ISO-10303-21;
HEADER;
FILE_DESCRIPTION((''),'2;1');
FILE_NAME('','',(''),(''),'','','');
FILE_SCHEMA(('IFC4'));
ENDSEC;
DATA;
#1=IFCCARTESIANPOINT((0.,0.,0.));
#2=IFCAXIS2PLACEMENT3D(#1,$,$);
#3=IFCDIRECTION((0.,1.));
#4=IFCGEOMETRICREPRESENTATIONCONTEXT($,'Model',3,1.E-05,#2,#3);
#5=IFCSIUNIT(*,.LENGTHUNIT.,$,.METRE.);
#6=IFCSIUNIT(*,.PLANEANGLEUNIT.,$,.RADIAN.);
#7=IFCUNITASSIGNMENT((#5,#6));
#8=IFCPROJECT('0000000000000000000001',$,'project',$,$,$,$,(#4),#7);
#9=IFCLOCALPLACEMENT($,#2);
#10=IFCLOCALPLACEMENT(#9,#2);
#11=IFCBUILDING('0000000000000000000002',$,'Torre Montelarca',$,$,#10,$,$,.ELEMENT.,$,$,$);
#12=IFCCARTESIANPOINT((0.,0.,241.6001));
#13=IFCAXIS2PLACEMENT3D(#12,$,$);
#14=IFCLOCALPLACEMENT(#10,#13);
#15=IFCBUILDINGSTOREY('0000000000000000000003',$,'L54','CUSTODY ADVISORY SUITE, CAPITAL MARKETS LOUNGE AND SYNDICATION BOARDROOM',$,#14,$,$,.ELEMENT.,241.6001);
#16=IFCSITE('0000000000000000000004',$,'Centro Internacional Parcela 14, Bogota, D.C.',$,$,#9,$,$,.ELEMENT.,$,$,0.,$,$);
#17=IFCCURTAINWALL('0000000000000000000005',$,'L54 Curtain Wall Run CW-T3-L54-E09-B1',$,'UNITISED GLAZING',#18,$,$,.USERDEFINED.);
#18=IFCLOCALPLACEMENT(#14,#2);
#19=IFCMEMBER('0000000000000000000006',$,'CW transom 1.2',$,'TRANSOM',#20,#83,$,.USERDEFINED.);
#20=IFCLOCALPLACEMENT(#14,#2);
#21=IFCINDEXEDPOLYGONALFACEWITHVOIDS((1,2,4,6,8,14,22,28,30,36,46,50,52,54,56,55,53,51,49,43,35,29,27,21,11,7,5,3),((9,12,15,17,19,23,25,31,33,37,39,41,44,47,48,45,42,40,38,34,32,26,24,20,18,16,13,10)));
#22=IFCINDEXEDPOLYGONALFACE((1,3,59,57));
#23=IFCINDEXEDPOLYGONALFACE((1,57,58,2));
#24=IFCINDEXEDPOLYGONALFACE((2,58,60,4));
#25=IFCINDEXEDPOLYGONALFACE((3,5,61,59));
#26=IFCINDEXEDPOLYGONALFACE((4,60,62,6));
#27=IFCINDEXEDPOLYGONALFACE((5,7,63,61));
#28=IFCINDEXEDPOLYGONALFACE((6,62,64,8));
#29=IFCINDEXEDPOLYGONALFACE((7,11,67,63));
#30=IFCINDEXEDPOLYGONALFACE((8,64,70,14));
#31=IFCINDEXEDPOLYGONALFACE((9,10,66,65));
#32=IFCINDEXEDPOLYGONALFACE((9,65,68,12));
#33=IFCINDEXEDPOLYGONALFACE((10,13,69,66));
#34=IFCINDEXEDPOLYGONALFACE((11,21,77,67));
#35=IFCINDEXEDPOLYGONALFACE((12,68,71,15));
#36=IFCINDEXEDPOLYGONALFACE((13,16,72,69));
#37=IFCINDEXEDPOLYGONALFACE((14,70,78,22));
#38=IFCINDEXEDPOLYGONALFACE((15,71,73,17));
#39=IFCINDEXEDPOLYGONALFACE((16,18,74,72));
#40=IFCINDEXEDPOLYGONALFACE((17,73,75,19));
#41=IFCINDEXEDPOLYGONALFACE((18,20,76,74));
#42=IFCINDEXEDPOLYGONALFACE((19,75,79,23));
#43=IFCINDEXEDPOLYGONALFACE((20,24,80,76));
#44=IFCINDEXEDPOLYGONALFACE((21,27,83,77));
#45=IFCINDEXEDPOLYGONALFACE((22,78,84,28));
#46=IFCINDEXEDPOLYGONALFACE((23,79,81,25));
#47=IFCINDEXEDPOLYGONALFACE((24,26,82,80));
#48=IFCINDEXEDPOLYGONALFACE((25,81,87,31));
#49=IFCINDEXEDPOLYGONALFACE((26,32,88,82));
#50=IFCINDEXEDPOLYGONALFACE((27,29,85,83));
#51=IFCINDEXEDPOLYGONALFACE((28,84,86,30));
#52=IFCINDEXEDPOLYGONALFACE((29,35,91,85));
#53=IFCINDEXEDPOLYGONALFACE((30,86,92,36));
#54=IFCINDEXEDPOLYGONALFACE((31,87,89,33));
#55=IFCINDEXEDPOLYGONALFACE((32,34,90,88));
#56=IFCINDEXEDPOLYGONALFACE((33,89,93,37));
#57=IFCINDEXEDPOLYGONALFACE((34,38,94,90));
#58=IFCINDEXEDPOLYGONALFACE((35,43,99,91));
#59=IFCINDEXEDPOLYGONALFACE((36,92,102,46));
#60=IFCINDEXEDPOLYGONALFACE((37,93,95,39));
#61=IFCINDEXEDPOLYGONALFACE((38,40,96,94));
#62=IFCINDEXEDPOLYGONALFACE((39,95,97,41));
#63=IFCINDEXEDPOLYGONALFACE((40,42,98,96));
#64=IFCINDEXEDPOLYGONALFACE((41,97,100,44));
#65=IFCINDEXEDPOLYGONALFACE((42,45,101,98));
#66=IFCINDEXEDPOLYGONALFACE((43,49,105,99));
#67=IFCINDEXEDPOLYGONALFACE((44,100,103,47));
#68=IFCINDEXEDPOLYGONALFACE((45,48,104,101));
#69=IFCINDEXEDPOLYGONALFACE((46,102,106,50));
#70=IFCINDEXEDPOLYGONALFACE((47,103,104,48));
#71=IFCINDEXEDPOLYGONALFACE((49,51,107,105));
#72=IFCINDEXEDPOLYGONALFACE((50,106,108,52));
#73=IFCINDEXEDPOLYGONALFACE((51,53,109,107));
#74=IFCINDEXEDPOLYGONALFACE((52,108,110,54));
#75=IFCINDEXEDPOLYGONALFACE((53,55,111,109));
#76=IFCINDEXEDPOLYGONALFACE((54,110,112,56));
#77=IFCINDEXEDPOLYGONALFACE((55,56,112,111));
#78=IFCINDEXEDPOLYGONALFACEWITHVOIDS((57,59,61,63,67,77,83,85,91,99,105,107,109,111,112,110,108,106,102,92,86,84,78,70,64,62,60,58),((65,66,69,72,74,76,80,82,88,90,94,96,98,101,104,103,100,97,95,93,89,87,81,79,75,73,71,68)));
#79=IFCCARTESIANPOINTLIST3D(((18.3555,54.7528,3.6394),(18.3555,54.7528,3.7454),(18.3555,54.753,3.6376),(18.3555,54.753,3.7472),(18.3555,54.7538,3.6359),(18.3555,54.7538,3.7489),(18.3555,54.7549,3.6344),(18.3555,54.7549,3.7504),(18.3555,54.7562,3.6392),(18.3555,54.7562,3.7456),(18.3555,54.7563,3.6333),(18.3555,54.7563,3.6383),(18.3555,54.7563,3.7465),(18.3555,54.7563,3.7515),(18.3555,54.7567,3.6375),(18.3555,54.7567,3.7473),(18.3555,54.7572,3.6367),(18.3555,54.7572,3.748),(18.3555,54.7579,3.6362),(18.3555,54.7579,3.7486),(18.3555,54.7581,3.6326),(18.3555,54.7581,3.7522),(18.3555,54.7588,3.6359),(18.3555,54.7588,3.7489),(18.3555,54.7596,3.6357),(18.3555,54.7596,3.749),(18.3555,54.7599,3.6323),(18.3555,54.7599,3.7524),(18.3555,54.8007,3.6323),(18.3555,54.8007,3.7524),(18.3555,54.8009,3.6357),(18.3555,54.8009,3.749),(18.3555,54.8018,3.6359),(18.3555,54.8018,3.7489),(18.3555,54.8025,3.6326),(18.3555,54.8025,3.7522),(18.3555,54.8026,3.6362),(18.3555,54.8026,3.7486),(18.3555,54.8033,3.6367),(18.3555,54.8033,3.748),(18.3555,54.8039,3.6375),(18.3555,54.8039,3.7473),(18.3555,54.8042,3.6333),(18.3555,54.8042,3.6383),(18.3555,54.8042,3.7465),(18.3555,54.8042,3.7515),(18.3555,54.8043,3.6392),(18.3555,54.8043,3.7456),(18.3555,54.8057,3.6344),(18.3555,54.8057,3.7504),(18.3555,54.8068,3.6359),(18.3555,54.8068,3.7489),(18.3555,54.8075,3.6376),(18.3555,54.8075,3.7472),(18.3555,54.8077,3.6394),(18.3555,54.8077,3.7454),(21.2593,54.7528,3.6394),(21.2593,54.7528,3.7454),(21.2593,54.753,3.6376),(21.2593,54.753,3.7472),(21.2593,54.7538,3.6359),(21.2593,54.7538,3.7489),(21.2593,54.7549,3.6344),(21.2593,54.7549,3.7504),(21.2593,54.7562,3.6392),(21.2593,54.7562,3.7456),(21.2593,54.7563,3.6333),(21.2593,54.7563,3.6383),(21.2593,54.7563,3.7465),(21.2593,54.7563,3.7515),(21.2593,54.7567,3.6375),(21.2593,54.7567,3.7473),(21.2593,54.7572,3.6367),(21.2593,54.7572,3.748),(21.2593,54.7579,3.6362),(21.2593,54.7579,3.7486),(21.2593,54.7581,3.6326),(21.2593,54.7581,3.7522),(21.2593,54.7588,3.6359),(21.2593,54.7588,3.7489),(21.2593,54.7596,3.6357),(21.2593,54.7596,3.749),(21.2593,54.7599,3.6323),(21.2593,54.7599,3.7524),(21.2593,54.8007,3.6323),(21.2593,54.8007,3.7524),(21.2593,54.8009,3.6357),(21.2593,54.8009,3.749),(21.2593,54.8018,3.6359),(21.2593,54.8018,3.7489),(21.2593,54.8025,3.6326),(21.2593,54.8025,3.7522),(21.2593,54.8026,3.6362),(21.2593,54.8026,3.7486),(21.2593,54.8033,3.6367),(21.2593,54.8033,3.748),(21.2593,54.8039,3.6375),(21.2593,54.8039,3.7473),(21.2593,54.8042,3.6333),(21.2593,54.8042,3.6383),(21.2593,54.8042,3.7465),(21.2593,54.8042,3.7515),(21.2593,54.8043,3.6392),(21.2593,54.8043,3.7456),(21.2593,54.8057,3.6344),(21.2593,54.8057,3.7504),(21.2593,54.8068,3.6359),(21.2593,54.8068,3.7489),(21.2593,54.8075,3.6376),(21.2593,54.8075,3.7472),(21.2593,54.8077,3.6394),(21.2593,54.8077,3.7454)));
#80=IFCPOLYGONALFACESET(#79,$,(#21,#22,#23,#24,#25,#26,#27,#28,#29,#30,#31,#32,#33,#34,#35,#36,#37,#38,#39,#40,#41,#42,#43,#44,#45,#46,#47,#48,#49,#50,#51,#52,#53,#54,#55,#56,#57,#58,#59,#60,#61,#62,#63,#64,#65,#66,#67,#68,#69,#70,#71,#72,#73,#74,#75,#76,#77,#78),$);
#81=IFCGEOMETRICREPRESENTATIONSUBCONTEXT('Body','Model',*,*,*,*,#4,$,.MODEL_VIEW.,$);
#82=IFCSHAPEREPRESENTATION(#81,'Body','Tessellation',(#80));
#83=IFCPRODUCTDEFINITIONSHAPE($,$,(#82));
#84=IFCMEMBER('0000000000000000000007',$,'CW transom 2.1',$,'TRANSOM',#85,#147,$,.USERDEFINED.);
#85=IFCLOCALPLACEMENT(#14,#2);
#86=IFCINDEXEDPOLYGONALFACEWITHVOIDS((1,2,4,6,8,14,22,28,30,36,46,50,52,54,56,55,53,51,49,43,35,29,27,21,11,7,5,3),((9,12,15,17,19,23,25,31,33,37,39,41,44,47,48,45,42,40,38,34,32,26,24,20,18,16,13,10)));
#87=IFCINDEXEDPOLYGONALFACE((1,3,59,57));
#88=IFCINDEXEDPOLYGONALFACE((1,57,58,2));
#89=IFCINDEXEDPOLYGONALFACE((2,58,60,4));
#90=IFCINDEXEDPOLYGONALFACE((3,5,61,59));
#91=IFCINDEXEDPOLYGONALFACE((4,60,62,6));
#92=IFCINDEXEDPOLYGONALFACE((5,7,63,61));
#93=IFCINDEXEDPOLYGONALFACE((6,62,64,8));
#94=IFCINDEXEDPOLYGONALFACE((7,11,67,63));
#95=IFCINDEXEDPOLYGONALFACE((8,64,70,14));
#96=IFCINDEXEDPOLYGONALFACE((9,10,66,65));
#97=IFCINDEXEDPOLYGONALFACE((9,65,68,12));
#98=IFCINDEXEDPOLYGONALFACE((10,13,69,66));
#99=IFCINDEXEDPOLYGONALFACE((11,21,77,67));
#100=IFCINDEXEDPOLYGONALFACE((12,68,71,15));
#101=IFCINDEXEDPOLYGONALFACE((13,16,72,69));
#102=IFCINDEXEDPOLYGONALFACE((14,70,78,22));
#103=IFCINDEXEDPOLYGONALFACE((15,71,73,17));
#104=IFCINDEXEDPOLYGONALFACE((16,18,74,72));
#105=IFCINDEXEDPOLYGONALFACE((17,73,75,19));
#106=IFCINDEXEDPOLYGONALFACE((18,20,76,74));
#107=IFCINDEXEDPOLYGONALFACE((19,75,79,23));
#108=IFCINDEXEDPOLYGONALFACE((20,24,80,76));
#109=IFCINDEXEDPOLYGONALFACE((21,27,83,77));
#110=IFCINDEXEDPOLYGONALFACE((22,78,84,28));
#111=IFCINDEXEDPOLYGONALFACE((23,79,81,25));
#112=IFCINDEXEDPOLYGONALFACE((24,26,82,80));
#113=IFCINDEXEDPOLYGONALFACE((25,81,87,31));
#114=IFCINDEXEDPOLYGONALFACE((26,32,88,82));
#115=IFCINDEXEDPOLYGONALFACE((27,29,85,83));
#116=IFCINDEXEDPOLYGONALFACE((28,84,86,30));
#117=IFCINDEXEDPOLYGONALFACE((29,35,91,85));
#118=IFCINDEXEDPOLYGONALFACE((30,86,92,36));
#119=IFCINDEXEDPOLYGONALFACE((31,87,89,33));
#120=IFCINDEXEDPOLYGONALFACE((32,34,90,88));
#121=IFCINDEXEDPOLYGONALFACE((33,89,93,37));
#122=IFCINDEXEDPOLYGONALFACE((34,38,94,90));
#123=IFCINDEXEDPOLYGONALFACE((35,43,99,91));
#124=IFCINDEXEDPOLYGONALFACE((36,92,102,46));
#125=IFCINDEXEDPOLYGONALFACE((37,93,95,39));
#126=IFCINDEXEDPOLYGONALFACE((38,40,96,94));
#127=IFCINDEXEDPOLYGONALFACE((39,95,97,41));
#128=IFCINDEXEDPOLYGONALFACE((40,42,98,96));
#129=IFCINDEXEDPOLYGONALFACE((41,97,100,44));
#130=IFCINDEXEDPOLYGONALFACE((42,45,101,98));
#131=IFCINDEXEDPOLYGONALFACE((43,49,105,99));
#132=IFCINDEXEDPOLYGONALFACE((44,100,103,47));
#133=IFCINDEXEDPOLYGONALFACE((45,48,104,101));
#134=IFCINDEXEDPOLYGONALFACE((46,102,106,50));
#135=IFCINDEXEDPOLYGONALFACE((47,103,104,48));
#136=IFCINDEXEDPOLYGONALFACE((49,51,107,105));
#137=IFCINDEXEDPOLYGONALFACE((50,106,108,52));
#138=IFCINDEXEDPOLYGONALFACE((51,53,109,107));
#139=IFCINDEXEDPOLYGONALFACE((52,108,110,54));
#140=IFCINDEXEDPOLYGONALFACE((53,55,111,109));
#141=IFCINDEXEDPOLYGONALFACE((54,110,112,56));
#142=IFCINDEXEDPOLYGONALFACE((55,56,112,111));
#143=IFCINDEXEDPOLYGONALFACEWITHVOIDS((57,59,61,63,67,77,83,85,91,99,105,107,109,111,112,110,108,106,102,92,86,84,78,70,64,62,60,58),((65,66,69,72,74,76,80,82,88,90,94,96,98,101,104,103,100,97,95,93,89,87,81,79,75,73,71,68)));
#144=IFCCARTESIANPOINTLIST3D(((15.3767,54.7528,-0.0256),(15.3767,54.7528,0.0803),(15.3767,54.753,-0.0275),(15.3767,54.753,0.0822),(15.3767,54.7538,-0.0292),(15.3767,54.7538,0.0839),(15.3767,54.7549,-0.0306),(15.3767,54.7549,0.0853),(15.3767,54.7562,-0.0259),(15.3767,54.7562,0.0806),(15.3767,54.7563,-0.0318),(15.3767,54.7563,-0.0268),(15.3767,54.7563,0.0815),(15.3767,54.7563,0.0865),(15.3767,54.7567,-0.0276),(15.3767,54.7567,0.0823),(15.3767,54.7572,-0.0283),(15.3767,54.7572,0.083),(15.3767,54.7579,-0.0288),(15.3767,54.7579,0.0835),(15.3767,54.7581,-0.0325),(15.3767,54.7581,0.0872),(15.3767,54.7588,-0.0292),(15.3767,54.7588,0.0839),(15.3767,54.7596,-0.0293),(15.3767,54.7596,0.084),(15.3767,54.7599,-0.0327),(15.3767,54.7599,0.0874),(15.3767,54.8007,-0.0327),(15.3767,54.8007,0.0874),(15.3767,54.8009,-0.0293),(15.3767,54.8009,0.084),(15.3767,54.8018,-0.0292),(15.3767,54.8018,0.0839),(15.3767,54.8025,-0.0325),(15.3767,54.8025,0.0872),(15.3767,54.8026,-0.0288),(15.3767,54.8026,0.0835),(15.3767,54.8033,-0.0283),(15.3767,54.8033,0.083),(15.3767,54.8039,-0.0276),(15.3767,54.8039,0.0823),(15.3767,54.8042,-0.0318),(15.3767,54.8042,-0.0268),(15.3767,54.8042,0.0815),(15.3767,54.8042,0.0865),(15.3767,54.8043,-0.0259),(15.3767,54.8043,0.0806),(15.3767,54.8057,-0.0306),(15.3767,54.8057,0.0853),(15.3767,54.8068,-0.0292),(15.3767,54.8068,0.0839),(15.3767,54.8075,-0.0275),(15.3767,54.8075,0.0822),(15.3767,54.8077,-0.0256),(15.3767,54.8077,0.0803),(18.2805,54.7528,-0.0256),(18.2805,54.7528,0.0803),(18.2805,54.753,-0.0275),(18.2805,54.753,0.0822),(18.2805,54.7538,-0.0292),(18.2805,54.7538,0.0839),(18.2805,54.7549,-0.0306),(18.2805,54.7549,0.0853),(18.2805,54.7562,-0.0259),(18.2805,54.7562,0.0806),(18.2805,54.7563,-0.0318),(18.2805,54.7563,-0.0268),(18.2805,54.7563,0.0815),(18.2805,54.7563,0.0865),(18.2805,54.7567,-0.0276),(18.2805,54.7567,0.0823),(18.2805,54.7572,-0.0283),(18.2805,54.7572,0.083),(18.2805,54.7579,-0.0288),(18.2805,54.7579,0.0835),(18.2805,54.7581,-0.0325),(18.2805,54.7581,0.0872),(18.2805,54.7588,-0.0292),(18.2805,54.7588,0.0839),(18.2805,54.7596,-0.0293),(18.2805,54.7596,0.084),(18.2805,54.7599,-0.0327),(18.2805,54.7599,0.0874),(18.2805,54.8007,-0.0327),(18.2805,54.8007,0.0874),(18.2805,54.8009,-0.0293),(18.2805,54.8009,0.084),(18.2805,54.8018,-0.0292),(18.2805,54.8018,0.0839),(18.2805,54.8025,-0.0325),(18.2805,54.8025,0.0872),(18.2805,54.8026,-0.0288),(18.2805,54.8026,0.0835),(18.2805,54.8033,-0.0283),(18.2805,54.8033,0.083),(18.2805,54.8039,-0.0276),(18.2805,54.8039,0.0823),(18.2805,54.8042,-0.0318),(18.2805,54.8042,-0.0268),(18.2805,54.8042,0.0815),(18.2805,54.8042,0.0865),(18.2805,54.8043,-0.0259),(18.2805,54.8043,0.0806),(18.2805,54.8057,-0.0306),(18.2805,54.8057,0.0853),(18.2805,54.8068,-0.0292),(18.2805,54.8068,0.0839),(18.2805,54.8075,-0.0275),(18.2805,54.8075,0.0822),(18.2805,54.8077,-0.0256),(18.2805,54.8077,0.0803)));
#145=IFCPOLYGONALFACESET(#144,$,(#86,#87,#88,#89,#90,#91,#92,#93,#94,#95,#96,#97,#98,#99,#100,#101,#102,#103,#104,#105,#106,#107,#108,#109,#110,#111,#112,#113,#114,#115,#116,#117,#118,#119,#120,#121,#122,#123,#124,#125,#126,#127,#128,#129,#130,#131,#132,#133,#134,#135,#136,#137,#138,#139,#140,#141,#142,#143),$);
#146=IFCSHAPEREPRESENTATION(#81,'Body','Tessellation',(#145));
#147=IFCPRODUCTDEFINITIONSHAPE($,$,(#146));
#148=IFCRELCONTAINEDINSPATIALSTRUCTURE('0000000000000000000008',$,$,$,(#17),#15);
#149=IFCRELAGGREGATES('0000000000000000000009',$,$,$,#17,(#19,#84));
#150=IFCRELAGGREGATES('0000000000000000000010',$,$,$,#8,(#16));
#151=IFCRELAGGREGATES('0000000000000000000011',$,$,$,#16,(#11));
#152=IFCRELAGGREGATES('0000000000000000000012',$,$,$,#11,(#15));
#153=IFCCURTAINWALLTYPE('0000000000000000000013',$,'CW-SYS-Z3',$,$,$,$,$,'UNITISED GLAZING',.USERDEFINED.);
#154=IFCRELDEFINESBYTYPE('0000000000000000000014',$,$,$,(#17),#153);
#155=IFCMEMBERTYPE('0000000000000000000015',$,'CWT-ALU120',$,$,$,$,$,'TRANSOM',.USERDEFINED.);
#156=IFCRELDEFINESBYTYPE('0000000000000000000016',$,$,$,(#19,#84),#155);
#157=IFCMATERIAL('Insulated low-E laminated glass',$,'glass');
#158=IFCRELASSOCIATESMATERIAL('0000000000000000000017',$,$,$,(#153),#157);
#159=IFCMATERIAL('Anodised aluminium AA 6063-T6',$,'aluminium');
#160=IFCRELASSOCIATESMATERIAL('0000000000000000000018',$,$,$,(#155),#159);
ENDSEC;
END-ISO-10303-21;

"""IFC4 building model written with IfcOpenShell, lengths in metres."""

from ifc_helpers import new_model, si_unit, direction, frame, origin, origin_2d, place, context, subcontext, project, spatial, hollow_rectangle, extrude, source, transform, mapped, material, material_profile, profile_set, type_object, element, aggregate, save


model = new_model("IFC4")

# Units and contexts
model_context = context("Model", 3, precision=1e-05, world=origin(), true_north=direction((0.0, 1.0)))
body_context = subcontext(model_context, "Body", "Model", "MODEL_VIEW")
ifc_project = project(units=[si_unit("LENGTHUNIT", "METRE"), si_unit("PLANEANGLEUNIT", "RADIAN")], contexts=[model_context])

# Site, building, storey
site_placement = place(None, origin())
site = spatial("IfcSite", under=ifc_project, at=site_placement, Name="Centro Internacional Parcela 14, Bogota, D.C.", CompositionType="ELEMENT", RefElevation=0.0)
building_placement = place(site_placement, origin())
building = spatial("IfcBuilding", under=site, at=building_placement, Name="Torre Montelarca", CompositionType="ELEMENT")
storey_placement = place(building_placement, frame((0.0, 0.0, 241.6001)))
storey = spatial("IfcBuildingStorey", under=building, at=storey_placement, Name="L54", Description="CUSTODY ADVISORY SUITE, CAPITAL MARKETS LOUNGE AND SYNDICATION BOARDROOM", CompositionType="ELEMENT", Elevation=241.6001)

# Curtain wall
ifc_material_1 = material(Name="Insulated low-E laminated glass", Category="glass")
curtain_wall_type = type_object("IfcCurtainWallType", Name="CW-SYS-Z3", ElementType="UNITISED GLAZING", PredefinedType="USERDEFINED", material=ifc_material_1)
ifc_material_2 = material(Name="Anodised aluminium AA 6063-T6", Category="aluminium")
curtain_wall_1_placement = place(storey_placement, origin())
curtain_wall_1 = element("IfcCurtainWall", 1, at=curtain_wall_1_placement, inside=storey, type_object=curtain_wall_type, Name="L54 Curtain Wall Run CW-T3-L54-E09-B1", ObjectType="UNITISED GLAZING", PredefinedType="USERDEFINED")

# Members
ifc_material_profile_1 = material_profile(ifc_material_2, hollow_rectangle(XDim=0.0549, YDim=0.1201, WallThickness=0.0034, InnerFilletRadius=0.0034, OuterFilletRadius=0.0071, at=origin_2d()), Name="ALU55X120X3.5", Category="aluminium")
ifc_profile_set_1 = profile_set([ifc_material_profile_1], Name="Anodised aluminium AA 6063-T6")
member_type_1 = type_object("IfcMemberType", Name="CWT-ALU120", ElementType="TRANSOM", PredefinedType="USERDEFINED", material=ifc_profile_set_1)
shared_shape_1 = source(origin(), body_context, "Body", "SweptSolid", [
    extrude(hollow_rectangle(XDim=0.0549, YDim=0.1201, WallThickness=0.0034, InnerFilletRadius=0.0034, OuterFilletRadius=0.0071, at=origin_2d()), origin(), (0.0, 0.0, 1.0), 2.9038),
])
member_1_placement = place(storey_placement, frame((21.2593, 54.7803, 3.6924), z_axis=(-1.0, 0.0, 0.0), x_axis=(0.0, -1.0, 0.0)))
member_1 = element("IfcMember", 2, at=member_1_placement, type_object=member_type_1, Name="CW transom 1.2", ObjectType="TRANSOM", PredefinedType="USERDEFINED", context=body_context, shape_type="MappedRepresentation", body=[
    mapped(shared_shape_1, transform((0.0, 0.0, 0.0), scale=1.0)),
])
member_2_placement = place(storey_placement, frame((18.2805, 54.7803, 0.0273), z_axis=(-1.0, 0.0, 0.0), x_axis=(0.0, -1.0, 0.0)))
member_2 = element("IfcMember", 3, at=member_2_placement, type_object=member_type_1, Name="CW transom 2.1", ObjectType="TRANSOM", PredefinedType="USERDEFINED", context=body_context, shape_type="MappedRepresentation", body=[
    mapped(shared_shape_1, transform((0.0, 0.0, 0.0), scale=1.0)),
])

aggregate(curtain_wall_1, [member_1, member_2])

save(model, "model.ifc")
